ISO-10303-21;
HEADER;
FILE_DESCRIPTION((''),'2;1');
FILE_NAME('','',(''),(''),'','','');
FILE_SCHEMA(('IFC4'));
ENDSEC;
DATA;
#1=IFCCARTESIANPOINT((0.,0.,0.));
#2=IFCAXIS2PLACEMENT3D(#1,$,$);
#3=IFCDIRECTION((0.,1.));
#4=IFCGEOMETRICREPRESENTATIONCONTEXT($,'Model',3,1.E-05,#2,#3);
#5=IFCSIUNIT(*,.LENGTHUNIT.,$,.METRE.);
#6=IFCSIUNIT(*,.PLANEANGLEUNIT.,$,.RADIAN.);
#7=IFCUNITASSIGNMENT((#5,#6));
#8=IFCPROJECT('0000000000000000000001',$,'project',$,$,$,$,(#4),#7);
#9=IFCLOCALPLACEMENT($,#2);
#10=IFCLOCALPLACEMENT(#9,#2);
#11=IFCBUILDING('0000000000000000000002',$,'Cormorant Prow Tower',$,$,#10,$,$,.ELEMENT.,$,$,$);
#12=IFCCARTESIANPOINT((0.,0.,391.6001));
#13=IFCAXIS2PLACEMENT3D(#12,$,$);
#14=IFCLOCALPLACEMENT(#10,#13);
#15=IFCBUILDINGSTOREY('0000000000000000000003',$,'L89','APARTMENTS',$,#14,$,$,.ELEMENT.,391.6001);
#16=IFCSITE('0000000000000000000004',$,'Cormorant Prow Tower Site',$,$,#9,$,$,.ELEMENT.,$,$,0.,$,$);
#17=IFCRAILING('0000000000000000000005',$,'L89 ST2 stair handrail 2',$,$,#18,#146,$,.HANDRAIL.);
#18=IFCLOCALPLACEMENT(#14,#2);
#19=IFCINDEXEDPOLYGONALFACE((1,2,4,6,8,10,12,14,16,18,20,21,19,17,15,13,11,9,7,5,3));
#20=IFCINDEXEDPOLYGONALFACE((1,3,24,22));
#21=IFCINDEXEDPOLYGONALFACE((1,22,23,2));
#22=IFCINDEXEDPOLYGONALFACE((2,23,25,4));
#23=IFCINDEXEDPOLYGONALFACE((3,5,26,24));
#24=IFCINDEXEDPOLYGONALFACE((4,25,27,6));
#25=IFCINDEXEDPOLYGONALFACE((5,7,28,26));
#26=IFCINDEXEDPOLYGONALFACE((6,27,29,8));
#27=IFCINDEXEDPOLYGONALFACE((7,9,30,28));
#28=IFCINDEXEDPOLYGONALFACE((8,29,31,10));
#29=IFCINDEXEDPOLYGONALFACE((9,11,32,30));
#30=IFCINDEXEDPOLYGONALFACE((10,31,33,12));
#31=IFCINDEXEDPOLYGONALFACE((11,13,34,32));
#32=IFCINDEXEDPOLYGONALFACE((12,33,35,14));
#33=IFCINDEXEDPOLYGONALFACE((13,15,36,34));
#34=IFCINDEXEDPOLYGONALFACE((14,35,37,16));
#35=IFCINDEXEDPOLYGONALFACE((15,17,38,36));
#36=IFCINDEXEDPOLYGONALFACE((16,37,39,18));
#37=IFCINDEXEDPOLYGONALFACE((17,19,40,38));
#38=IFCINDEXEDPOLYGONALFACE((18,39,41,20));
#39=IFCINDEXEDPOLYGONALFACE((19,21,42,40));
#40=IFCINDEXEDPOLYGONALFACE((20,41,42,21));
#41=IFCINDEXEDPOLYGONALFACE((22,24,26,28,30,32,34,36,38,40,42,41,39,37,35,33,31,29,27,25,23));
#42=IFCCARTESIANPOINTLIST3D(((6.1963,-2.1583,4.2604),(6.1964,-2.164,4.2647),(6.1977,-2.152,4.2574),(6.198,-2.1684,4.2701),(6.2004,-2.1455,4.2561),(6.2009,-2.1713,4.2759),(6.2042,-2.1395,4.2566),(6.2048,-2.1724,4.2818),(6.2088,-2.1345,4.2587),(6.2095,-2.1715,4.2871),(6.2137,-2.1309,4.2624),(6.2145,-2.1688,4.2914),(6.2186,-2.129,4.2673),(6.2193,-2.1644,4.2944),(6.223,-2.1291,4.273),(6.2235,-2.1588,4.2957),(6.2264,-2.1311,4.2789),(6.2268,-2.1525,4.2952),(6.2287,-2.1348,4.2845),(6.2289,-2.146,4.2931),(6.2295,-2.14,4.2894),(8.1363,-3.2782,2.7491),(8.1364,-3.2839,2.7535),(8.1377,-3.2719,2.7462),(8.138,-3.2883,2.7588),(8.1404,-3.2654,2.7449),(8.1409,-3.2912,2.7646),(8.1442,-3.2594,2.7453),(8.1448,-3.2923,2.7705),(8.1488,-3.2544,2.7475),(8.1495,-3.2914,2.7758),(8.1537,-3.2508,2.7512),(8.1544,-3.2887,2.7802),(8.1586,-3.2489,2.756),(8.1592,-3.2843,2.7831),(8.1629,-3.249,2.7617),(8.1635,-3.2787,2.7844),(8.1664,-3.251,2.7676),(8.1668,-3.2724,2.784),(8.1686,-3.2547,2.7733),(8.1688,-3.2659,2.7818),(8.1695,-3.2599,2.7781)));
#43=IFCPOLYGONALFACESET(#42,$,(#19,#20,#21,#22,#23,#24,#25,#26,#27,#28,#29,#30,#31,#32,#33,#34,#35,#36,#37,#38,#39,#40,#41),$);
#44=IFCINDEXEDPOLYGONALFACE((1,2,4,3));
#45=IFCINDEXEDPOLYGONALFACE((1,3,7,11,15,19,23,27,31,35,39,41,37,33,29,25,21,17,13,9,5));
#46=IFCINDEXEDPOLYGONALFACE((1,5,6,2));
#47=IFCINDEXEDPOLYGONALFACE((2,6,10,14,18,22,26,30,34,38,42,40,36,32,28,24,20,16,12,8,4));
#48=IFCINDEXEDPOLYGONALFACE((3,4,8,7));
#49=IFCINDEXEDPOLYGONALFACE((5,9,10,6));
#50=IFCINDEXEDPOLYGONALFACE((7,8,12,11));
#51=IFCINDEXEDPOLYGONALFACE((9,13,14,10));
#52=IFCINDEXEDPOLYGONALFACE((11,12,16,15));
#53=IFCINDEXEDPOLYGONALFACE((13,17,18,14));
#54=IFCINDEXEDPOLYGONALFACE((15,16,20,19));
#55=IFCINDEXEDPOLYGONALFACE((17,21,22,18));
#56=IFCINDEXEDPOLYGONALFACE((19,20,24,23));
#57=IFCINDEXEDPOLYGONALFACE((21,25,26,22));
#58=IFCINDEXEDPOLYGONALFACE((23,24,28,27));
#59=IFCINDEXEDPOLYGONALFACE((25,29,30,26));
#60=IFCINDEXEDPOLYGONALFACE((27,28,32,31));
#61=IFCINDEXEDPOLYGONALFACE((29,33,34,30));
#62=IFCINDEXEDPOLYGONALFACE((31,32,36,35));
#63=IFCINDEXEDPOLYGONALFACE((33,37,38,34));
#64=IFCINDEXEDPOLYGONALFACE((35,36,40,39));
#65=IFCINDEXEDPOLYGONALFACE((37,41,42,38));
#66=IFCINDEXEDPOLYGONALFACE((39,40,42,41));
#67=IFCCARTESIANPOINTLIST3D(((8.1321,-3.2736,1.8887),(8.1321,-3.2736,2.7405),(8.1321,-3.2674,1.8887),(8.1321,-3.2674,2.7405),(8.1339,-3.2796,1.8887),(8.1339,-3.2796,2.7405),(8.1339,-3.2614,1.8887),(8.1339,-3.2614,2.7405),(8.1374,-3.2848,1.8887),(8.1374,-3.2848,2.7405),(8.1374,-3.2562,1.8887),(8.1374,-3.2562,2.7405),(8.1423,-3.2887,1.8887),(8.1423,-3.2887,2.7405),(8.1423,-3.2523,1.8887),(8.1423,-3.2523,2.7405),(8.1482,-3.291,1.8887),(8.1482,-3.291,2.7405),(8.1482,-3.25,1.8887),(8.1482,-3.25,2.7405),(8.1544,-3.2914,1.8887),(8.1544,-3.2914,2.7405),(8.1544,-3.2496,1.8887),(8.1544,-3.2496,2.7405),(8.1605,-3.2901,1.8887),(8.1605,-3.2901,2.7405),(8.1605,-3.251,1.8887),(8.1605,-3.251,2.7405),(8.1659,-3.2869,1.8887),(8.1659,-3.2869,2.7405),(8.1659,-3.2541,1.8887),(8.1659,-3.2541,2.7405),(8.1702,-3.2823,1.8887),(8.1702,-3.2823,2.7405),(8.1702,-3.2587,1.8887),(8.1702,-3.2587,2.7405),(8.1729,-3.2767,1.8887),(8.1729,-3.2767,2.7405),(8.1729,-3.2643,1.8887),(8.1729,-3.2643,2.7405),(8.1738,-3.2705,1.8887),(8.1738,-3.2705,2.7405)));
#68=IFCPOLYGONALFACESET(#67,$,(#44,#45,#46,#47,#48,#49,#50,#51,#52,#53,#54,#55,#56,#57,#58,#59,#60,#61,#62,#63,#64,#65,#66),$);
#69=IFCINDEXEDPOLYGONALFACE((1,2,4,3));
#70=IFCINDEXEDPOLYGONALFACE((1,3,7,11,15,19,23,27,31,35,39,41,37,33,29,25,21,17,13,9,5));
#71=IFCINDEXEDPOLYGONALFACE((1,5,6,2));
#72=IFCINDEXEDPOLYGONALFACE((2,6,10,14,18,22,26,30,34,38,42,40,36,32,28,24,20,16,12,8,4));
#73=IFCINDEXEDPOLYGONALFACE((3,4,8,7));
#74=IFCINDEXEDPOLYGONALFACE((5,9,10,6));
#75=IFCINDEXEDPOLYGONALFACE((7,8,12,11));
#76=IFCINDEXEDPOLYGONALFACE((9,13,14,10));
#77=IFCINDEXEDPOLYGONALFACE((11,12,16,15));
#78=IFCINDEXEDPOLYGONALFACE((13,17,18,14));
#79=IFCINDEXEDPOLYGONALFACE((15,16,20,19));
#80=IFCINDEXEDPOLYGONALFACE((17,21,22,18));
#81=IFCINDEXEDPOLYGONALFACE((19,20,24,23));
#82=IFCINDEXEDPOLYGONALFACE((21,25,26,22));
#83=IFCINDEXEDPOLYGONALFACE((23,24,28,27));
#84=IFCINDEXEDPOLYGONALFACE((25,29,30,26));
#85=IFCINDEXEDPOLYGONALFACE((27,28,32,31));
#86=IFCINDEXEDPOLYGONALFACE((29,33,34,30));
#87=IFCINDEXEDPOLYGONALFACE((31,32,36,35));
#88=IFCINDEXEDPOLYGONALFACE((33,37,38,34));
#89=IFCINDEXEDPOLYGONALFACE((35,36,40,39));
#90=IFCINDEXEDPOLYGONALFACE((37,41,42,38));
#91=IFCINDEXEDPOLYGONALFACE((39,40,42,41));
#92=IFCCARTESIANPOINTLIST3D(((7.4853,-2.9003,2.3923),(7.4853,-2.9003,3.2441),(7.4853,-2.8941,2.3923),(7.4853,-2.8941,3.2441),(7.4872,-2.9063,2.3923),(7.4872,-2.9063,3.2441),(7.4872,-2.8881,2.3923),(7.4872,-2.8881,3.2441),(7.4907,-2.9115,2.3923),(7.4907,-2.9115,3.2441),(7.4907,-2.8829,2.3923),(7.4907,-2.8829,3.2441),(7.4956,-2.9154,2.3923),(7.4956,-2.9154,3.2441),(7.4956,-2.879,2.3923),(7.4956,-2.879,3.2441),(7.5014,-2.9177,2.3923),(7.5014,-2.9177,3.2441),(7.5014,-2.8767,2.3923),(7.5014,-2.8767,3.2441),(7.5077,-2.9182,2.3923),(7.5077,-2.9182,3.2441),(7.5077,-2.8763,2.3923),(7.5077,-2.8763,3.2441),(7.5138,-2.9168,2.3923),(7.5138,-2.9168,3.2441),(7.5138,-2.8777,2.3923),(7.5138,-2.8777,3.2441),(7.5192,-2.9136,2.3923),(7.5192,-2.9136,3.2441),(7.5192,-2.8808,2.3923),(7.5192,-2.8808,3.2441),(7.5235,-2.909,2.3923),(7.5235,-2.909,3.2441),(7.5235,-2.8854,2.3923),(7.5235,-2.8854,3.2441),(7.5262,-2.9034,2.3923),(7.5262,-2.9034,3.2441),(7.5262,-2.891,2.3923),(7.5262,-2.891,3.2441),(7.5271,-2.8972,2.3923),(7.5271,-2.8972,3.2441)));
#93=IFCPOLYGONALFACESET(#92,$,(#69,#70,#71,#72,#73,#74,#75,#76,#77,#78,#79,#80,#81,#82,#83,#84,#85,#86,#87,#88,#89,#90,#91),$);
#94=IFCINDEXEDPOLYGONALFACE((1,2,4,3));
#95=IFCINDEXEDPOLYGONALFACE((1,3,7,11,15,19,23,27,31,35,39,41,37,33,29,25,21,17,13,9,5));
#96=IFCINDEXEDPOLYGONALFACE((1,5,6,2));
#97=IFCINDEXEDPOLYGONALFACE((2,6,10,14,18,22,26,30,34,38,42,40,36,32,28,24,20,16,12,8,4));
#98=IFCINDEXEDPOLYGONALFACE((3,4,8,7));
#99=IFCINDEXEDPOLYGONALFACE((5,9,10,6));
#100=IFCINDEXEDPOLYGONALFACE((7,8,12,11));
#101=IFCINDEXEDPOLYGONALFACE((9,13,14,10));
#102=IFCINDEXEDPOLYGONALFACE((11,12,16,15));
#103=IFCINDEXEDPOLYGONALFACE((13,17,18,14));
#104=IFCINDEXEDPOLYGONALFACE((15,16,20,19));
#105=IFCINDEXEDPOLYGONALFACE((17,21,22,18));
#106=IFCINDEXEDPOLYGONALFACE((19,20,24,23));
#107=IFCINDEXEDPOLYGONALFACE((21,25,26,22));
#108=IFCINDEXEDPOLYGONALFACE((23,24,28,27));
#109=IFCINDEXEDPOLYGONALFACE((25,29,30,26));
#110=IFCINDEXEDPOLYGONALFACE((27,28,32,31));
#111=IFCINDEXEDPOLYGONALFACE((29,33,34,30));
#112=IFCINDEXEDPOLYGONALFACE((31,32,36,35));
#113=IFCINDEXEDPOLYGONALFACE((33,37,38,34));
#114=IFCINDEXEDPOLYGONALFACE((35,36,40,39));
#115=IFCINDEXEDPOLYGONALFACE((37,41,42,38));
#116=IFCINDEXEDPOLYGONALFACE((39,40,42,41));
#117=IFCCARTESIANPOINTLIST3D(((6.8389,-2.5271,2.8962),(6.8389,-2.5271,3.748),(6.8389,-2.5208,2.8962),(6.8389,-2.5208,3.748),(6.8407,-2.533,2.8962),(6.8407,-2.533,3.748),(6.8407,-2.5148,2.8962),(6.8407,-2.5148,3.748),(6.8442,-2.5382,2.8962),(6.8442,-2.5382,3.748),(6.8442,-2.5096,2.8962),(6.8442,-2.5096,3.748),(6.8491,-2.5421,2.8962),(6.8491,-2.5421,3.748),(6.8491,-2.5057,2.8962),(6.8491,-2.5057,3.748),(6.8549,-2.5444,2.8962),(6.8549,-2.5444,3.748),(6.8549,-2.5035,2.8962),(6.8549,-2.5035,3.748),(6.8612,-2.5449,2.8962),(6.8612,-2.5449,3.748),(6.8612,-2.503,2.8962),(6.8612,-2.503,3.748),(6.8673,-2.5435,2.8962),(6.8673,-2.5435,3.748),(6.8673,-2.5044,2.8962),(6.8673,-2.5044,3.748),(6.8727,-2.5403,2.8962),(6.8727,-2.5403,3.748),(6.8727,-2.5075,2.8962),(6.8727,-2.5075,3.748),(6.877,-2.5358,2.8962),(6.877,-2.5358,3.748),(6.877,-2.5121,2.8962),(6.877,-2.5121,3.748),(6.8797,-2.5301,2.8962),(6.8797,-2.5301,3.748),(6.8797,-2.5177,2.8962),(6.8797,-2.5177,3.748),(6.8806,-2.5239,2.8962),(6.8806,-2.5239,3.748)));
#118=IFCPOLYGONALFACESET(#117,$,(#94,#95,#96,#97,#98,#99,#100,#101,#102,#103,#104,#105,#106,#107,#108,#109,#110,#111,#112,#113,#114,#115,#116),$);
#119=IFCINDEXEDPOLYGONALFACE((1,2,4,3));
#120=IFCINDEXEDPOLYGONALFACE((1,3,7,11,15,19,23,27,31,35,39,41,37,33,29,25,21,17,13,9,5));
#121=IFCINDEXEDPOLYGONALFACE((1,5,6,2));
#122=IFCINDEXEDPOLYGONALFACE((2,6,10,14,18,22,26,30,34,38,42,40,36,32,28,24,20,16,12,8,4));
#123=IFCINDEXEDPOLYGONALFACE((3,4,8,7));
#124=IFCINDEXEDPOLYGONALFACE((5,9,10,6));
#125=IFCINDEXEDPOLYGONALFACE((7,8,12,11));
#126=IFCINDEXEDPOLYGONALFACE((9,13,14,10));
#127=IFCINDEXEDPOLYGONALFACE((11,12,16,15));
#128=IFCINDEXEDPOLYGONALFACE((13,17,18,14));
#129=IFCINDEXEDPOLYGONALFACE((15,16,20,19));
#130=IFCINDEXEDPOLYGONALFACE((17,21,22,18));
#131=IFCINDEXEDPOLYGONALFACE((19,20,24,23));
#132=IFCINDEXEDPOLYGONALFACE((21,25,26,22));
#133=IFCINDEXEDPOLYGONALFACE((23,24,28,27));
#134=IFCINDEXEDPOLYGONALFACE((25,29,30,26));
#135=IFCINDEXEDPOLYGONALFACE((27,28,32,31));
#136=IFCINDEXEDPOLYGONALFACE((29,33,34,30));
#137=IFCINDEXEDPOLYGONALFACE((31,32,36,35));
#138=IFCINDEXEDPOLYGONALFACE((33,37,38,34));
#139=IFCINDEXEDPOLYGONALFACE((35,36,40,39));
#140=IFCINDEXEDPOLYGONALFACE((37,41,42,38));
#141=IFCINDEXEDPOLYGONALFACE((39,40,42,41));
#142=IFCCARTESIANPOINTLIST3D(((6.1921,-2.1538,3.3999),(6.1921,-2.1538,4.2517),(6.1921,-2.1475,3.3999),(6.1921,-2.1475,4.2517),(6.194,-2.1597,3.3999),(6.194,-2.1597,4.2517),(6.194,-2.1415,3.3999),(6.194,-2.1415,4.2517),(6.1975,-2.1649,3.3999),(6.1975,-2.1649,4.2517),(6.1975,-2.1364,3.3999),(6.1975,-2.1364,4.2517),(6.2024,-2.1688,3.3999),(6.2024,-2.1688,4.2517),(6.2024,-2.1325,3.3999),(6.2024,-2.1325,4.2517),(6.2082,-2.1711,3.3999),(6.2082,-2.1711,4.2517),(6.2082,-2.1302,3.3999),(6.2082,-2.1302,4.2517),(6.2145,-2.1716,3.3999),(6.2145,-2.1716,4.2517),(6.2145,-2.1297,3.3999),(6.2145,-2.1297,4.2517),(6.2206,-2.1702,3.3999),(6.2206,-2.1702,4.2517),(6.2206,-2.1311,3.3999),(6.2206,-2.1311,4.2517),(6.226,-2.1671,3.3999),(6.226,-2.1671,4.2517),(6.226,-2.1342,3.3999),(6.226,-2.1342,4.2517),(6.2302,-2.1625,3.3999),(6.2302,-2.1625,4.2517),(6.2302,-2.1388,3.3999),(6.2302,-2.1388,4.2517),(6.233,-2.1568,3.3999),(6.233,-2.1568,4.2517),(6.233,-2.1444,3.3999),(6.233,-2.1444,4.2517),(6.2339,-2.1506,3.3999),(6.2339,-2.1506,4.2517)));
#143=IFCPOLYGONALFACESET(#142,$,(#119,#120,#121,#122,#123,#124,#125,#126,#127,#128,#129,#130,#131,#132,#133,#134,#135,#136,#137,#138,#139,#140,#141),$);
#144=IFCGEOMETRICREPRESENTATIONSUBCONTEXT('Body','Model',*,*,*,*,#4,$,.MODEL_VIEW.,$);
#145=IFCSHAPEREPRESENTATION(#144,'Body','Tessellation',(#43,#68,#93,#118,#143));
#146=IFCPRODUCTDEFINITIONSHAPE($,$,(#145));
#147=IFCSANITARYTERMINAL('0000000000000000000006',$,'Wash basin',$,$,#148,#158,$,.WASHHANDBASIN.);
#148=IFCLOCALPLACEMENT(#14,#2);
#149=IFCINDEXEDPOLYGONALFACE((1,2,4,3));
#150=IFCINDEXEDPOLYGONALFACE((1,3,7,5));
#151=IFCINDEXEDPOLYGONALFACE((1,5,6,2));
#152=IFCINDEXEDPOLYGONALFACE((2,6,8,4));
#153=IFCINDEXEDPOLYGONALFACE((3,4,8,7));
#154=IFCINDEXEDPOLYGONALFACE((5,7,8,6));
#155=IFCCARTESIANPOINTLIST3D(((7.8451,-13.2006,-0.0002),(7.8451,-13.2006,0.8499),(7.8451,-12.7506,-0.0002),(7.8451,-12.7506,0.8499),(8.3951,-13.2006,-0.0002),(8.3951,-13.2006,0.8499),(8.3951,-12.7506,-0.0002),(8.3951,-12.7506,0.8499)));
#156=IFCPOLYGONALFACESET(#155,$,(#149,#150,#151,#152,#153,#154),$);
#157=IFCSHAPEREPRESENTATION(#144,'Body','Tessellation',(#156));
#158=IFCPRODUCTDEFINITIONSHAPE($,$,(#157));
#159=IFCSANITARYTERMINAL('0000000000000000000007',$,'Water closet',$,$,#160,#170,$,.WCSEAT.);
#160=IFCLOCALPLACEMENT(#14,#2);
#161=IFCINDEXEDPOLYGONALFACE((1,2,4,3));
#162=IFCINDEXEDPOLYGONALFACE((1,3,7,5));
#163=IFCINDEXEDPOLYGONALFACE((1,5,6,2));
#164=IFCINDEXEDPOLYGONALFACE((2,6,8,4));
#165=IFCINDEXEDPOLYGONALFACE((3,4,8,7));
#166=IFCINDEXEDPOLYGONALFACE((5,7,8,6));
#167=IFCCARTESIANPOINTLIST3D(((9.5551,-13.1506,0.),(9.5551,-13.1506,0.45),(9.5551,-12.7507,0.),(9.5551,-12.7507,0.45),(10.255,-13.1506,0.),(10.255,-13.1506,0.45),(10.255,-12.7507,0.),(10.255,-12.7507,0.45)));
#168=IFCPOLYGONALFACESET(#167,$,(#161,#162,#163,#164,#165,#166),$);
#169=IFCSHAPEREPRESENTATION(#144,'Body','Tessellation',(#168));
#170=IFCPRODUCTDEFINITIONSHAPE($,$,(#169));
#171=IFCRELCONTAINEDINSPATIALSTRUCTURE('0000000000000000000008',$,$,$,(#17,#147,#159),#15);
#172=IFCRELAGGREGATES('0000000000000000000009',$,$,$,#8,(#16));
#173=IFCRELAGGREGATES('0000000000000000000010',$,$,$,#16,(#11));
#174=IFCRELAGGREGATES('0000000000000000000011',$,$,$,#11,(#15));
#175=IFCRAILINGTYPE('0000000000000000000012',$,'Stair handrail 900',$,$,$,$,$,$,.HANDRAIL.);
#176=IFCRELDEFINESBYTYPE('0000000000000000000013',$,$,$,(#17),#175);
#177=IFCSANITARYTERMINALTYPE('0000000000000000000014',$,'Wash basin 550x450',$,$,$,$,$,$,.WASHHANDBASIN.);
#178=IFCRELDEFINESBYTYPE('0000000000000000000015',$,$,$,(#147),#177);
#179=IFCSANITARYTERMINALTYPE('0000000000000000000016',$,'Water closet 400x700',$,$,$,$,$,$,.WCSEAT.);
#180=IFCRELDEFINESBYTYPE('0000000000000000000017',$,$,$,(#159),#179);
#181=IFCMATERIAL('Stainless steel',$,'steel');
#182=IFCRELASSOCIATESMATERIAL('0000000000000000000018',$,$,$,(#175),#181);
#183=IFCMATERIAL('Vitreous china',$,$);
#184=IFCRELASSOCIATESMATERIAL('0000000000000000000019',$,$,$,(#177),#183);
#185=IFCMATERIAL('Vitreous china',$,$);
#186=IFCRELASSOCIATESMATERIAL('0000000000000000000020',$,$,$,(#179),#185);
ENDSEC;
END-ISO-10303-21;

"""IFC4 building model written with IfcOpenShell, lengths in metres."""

from ifc_helpers import new_model, si_unit, direction, frame, origin, origin_2d, place, context, subcontext, project, spatial, rectangle, circle, extrude, material, type_object, element, save


model = new_model("IFC4")

# Units and contexts
model_context = context("Model", 3, precision=1e-05, world=origin(), true_north=direction((0.0, 1.0)))
body_context = subcontext(model_context, "Body", "Model", "MODEL_VIEW")
ifc_project = project(units=[si_unit("LENGTHUNIT", "METRE"), si_unit("PLANEANGLEUNIT", "RADIAN")], contexts=[model_context])

# Site, building, storey
site_placement = place(None, origin())
site = spatial("IfcSite", under=ifc_project, at=site_placement, Name="Cormorant Prow Tower Site", CompositionType="ELEMENT", RefElevation=0.0)
building_placement = place(site_placement, origin())
building = spatial("IfcBuilding", under=site, at=building_placement, Name="Cormorant Prow Tower", CompositionType="ELEMENT")
storey_placement = place(building_placement, frame((0.0, 0.0, 391.6001)))
storey = spatial("IfcBuildingStorey", under=building, at=storey_placement, Name="L89", Description="APARTMENTS", CompositionType="ELEMENT", Elevation=391.6001)

# Railing
ifc_material_1 = material(Name="Stainless steel", Category="steel")
railing_type = type_object("IfcRailingType", Name="Stair handrail 900", PredefinedType="HANDRAIL", material=ifc_material_1)
railing_placement = place(storey_placement, frame((8.1528, -3.2705, 1.8887)))
element("IfcRailing", 1, at=railing_placement, inside=storey, type_object=railing_type, Name="L89 ST2 stair handrail 2", PredefinedType="HANDRAIL", context=body_context, shape_type="SweptSolid", body=[
    extrude(circle(Radius=0.0239, at=origin_2d()), frame((0.0, 0.0, 0.876), z_axis=(-0.71794, 0.414447, 0.559281), x_axis=(-0.499949, -0.866055, 0.0)), (0.0, 0.0, 1.0), 2.7021),
    extrude(circle(Radius=0.021, at=origin_2d()), origin(), (0.0, 0.0, 1.0), 0.8518),
    extrude(circle(Radius=0.021, at=origin_2d()), frame((-0.6467, 0.3733, 0.5037)), (0.0, 0.0, 1.0), 0.8518),
    extrude(circle(Radius=0.021, at=origin_2d()), frame((-1.2932, 0.7466, 1.0076)), (0.0, 0.0, 1.0), 0.8518),
    extrude(circle(Radius=0.021, at=origin_2d()), frame((-1.9399, 1.1199, 1.5112)), (0.0, 0.0, 1.0), 0.8518),
])

# Sanitary terminals
ifc_material_2 = material(Name="Vitreous china")
sanitary_terminal_type_1 = type_object("IfcSanitaryTerminalType", Name="Wash basin 550x450", PredefinedType="WASHHANDBASIN", material=ifc_material_2)
sanitary_terminal_1_placement = place(storey_placement, frame((8.1201, -12.9756, -0.0002), z_axis=(0.0, 0.0, 1.0), x_axis=(1.0, 0.0, 0.0)))
element("IfcSanitaryTerminal", 2, at=sanitary_terminal_1_placement, inside=storey, type_object=sanitary_terminal_type_1, Name="Wash basin", PredefinedType="WASHHANDBASIN", context=body_context, shape_type="SweptSolid", body=[
    extrude(rectangle(XDim=0.55, YDim=0.45, at=origin_2d()), origin(), (0.0, 0.0, 1.0), 0.8501),
])
ifc_material_3 = material(Name="Vitreous china")
sanitary_terminal_type_2 = type_object("IfcSanitaryTerminalType", Name="Water closet 400x700", PredefinedType="WCSEAT", material=ifc_material_3)
sanitary_terminal_2_placement = place(storey_placement, frame((9.905, -12.9507, 0.0), z_axis=(0.0, 0.0, 1.0), x_axis=(0.0, -1.0, 0.0)))
element("IfcSanitaryTerminal", 3, at=sanitary_terminal_2_placement, inside=storey, type_object=sanitary_terminal_type_2, Name="Water closet", PredefinedType="WCSEAT", context=body_context, shape_type="SweptSolid", body=[
    extrude(rectangle(XDim=0.3999, YDim=0.7, at=origin_2d()), origin(), (0.0, 0.0, 1.0), 0.45),
])

save(model, "model.ifc")
